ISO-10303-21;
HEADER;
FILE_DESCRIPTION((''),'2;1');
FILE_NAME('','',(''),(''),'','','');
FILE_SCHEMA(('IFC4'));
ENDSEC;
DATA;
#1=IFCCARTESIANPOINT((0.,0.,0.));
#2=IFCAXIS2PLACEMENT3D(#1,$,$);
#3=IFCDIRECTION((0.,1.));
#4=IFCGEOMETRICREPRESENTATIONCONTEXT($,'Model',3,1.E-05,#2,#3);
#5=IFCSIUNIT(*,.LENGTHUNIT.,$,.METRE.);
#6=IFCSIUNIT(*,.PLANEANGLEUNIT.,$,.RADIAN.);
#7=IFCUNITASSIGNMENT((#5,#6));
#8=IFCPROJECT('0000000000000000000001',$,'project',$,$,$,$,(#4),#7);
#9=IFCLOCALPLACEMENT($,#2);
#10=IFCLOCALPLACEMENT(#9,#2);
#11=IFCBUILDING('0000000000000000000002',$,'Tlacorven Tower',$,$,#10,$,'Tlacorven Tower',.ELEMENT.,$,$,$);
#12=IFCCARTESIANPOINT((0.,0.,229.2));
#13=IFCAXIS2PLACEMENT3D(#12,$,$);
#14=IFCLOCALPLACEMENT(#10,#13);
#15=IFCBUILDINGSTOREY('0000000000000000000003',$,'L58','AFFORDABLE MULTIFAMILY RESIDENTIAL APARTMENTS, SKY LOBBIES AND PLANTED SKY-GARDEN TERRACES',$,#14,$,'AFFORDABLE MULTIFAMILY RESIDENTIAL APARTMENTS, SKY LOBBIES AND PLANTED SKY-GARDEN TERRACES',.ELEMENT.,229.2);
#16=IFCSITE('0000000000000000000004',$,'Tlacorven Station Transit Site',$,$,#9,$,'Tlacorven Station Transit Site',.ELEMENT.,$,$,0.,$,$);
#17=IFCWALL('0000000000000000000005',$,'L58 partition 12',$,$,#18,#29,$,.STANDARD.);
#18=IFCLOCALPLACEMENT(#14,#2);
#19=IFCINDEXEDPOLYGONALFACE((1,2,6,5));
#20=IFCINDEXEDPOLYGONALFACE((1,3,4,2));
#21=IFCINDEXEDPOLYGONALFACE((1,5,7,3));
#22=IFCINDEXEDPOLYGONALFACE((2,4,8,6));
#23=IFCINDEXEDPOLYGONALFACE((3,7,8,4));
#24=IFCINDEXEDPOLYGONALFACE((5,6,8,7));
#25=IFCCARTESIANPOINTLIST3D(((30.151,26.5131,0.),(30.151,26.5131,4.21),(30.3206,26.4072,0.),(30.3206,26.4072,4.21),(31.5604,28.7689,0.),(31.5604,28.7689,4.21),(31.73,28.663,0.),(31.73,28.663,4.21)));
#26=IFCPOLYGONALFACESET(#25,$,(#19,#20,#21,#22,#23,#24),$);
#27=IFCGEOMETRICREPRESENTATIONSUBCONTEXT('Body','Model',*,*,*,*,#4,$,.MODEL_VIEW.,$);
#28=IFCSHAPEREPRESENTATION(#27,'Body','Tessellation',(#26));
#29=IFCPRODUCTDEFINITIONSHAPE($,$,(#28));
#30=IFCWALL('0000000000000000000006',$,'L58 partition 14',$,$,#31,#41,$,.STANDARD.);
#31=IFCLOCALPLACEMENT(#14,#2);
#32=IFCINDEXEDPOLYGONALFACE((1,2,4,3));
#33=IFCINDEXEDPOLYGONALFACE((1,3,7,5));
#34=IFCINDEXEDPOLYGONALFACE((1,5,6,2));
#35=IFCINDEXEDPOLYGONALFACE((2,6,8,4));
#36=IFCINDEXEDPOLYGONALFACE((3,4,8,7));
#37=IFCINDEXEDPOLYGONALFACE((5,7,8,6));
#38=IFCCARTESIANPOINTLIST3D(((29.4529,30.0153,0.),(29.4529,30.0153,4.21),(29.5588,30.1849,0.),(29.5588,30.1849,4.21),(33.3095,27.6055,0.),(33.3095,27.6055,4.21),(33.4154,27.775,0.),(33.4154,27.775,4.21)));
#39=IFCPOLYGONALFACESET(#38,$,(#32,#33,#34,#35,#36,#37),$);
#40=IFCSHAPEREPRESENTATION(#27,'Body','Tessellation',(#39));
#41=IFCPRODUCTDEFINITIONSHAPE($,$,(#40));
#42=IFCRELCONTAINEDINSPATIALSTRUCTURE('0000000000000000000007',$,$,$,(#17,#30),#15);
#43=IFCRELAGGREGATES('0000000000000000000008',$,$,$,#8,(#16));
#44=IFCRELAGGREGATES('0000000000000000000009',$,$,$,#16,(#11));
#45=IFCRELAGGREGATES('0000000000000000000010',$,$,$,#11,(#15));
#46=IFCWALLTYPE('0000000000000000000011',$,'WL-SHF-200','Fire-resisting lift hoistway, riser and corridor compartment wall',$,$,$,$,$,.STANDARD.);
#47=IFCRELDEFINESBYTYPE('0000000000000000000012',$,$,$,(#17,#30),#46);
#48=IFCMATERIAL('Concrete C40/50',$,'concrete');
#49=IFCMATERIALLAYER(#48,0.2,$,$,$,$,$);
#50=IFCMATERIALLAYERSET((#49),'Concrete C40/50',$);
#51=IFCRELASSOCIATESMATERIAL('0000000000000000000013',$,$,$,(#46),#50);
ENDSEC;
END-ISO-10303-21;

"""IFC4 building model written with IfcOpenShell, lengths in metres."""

from ifc_helpers import new_model, si_unit, direction, frame, frame_2d, origin, place, context, subcontext, project, spatial, rectangle, extrude, material, layer, layer_set, type_object, element, save


model = new_model("IFC4")

# Units and contexts
model_context = context("Model", 3, precision=1e-05, world=origin(), true_north=direction((0.0, 1.0)))
body_context = subcontext(model_context, "Body", "Model", "MODEL_VIEW")
ifc_project = project(units=[si_unit("LENGTHUNIT", "METRE"), si_unit("PLANEANGLEUNIT", "RADIAN")], contexts=[model_context])

# Site, building, storey
site_placement = place(None, origin())
site = spatial("IfcSite", under=ifc_project, at=site_placement, Name="Tlacorven Station Transit Site", LongName="Tlacorven Station Transit Site", CompositionType="ELEMENT", RefElevation=0.0)
building_placement = place(site_placement, origin())
building = spatial("IfcBuilding", under=site, at=building_placement, Name="Tlacorven Tower", LongName="Tlacorven Tower", CompositionType="ELEMENT")
storey_placement = place(building_placement, frame((0.0, 0.0, 229.2)))
storey = spatial("IfcBuildingStorey", under=building, at=storey_placement, Name="L58", Description="AFFORDABLE MULTIFAMILY RESIDENTIAL APARTMENTS, SKY LOBBIES AND PLANTED SKY-GARDEN TERRACES", LongName="AFFORDABLE MULTIFAMILY RESIDENTIAL APARTMENTS, SKY LOBBIES AND PLANTED SKY-GARDEN TERRACES", CompositionType="ELEMENT", Elevation=229.2)

# Shared definitions
ifc_material_1 = material(Name="Concrete C40/50", Category="concrete")
ifc_layer_1 = layer(ifc_material_1, 0.2)
ifc_layer_set_1 = layer_set([ifc_layer_1], Name="Concrete C40/50")
wall_type_1 = type_object("IfcWallType", Name="WL-SHF-200", Description="Fire-resisting lift hoistway, riser and corridor compartment wall", PredefinedType="STANDARD", material=ifc_layer_set_1)

# Walls
wall_1_placement = place(storey_placement, frame((31.6453, 28.7161, 0.0), z_axis=(0.0, 0.0, 1.0), x_axis=(-0.529867, -0.848081, 0.0)))
element("IfcWall", 1, at=wall_1_placement, inside=storey, type_object=wall_type_1, Name="L58 partition 12", PredefinedType="STANDARD", context=body_context, shape_type="SweptSolid", body=[
    extrude(rectangle(XDim=2.6599, YDim=0.2, at=frame_2d((1.3301, 0.0))), origin(), (0.0, 0.0, 1.0), 4.21),
])
wall_2_placement = place(storey_placement, frame((33.3625, 27.6902, 0.0), z_axis=(0.0, 0.0, 1.0), x_axis=(-0.84805, 0.529917, 0.0)))
element("IfcWall", 2, at=wall_2_placement, inside=storey, type_object=wall_type_1, Name="L58 partition 14", PredefinedType="STANDARD", context=body_context, shape_type="SweptSolid", body=[
    extrude(rectangle(XDim=4.5476, YDim=0.2, at=frame_2d((2.2739, 0.0))), origin(), (0.0, 0.0, 1.0), 4.21),
])

save(model, "model.ifc")
